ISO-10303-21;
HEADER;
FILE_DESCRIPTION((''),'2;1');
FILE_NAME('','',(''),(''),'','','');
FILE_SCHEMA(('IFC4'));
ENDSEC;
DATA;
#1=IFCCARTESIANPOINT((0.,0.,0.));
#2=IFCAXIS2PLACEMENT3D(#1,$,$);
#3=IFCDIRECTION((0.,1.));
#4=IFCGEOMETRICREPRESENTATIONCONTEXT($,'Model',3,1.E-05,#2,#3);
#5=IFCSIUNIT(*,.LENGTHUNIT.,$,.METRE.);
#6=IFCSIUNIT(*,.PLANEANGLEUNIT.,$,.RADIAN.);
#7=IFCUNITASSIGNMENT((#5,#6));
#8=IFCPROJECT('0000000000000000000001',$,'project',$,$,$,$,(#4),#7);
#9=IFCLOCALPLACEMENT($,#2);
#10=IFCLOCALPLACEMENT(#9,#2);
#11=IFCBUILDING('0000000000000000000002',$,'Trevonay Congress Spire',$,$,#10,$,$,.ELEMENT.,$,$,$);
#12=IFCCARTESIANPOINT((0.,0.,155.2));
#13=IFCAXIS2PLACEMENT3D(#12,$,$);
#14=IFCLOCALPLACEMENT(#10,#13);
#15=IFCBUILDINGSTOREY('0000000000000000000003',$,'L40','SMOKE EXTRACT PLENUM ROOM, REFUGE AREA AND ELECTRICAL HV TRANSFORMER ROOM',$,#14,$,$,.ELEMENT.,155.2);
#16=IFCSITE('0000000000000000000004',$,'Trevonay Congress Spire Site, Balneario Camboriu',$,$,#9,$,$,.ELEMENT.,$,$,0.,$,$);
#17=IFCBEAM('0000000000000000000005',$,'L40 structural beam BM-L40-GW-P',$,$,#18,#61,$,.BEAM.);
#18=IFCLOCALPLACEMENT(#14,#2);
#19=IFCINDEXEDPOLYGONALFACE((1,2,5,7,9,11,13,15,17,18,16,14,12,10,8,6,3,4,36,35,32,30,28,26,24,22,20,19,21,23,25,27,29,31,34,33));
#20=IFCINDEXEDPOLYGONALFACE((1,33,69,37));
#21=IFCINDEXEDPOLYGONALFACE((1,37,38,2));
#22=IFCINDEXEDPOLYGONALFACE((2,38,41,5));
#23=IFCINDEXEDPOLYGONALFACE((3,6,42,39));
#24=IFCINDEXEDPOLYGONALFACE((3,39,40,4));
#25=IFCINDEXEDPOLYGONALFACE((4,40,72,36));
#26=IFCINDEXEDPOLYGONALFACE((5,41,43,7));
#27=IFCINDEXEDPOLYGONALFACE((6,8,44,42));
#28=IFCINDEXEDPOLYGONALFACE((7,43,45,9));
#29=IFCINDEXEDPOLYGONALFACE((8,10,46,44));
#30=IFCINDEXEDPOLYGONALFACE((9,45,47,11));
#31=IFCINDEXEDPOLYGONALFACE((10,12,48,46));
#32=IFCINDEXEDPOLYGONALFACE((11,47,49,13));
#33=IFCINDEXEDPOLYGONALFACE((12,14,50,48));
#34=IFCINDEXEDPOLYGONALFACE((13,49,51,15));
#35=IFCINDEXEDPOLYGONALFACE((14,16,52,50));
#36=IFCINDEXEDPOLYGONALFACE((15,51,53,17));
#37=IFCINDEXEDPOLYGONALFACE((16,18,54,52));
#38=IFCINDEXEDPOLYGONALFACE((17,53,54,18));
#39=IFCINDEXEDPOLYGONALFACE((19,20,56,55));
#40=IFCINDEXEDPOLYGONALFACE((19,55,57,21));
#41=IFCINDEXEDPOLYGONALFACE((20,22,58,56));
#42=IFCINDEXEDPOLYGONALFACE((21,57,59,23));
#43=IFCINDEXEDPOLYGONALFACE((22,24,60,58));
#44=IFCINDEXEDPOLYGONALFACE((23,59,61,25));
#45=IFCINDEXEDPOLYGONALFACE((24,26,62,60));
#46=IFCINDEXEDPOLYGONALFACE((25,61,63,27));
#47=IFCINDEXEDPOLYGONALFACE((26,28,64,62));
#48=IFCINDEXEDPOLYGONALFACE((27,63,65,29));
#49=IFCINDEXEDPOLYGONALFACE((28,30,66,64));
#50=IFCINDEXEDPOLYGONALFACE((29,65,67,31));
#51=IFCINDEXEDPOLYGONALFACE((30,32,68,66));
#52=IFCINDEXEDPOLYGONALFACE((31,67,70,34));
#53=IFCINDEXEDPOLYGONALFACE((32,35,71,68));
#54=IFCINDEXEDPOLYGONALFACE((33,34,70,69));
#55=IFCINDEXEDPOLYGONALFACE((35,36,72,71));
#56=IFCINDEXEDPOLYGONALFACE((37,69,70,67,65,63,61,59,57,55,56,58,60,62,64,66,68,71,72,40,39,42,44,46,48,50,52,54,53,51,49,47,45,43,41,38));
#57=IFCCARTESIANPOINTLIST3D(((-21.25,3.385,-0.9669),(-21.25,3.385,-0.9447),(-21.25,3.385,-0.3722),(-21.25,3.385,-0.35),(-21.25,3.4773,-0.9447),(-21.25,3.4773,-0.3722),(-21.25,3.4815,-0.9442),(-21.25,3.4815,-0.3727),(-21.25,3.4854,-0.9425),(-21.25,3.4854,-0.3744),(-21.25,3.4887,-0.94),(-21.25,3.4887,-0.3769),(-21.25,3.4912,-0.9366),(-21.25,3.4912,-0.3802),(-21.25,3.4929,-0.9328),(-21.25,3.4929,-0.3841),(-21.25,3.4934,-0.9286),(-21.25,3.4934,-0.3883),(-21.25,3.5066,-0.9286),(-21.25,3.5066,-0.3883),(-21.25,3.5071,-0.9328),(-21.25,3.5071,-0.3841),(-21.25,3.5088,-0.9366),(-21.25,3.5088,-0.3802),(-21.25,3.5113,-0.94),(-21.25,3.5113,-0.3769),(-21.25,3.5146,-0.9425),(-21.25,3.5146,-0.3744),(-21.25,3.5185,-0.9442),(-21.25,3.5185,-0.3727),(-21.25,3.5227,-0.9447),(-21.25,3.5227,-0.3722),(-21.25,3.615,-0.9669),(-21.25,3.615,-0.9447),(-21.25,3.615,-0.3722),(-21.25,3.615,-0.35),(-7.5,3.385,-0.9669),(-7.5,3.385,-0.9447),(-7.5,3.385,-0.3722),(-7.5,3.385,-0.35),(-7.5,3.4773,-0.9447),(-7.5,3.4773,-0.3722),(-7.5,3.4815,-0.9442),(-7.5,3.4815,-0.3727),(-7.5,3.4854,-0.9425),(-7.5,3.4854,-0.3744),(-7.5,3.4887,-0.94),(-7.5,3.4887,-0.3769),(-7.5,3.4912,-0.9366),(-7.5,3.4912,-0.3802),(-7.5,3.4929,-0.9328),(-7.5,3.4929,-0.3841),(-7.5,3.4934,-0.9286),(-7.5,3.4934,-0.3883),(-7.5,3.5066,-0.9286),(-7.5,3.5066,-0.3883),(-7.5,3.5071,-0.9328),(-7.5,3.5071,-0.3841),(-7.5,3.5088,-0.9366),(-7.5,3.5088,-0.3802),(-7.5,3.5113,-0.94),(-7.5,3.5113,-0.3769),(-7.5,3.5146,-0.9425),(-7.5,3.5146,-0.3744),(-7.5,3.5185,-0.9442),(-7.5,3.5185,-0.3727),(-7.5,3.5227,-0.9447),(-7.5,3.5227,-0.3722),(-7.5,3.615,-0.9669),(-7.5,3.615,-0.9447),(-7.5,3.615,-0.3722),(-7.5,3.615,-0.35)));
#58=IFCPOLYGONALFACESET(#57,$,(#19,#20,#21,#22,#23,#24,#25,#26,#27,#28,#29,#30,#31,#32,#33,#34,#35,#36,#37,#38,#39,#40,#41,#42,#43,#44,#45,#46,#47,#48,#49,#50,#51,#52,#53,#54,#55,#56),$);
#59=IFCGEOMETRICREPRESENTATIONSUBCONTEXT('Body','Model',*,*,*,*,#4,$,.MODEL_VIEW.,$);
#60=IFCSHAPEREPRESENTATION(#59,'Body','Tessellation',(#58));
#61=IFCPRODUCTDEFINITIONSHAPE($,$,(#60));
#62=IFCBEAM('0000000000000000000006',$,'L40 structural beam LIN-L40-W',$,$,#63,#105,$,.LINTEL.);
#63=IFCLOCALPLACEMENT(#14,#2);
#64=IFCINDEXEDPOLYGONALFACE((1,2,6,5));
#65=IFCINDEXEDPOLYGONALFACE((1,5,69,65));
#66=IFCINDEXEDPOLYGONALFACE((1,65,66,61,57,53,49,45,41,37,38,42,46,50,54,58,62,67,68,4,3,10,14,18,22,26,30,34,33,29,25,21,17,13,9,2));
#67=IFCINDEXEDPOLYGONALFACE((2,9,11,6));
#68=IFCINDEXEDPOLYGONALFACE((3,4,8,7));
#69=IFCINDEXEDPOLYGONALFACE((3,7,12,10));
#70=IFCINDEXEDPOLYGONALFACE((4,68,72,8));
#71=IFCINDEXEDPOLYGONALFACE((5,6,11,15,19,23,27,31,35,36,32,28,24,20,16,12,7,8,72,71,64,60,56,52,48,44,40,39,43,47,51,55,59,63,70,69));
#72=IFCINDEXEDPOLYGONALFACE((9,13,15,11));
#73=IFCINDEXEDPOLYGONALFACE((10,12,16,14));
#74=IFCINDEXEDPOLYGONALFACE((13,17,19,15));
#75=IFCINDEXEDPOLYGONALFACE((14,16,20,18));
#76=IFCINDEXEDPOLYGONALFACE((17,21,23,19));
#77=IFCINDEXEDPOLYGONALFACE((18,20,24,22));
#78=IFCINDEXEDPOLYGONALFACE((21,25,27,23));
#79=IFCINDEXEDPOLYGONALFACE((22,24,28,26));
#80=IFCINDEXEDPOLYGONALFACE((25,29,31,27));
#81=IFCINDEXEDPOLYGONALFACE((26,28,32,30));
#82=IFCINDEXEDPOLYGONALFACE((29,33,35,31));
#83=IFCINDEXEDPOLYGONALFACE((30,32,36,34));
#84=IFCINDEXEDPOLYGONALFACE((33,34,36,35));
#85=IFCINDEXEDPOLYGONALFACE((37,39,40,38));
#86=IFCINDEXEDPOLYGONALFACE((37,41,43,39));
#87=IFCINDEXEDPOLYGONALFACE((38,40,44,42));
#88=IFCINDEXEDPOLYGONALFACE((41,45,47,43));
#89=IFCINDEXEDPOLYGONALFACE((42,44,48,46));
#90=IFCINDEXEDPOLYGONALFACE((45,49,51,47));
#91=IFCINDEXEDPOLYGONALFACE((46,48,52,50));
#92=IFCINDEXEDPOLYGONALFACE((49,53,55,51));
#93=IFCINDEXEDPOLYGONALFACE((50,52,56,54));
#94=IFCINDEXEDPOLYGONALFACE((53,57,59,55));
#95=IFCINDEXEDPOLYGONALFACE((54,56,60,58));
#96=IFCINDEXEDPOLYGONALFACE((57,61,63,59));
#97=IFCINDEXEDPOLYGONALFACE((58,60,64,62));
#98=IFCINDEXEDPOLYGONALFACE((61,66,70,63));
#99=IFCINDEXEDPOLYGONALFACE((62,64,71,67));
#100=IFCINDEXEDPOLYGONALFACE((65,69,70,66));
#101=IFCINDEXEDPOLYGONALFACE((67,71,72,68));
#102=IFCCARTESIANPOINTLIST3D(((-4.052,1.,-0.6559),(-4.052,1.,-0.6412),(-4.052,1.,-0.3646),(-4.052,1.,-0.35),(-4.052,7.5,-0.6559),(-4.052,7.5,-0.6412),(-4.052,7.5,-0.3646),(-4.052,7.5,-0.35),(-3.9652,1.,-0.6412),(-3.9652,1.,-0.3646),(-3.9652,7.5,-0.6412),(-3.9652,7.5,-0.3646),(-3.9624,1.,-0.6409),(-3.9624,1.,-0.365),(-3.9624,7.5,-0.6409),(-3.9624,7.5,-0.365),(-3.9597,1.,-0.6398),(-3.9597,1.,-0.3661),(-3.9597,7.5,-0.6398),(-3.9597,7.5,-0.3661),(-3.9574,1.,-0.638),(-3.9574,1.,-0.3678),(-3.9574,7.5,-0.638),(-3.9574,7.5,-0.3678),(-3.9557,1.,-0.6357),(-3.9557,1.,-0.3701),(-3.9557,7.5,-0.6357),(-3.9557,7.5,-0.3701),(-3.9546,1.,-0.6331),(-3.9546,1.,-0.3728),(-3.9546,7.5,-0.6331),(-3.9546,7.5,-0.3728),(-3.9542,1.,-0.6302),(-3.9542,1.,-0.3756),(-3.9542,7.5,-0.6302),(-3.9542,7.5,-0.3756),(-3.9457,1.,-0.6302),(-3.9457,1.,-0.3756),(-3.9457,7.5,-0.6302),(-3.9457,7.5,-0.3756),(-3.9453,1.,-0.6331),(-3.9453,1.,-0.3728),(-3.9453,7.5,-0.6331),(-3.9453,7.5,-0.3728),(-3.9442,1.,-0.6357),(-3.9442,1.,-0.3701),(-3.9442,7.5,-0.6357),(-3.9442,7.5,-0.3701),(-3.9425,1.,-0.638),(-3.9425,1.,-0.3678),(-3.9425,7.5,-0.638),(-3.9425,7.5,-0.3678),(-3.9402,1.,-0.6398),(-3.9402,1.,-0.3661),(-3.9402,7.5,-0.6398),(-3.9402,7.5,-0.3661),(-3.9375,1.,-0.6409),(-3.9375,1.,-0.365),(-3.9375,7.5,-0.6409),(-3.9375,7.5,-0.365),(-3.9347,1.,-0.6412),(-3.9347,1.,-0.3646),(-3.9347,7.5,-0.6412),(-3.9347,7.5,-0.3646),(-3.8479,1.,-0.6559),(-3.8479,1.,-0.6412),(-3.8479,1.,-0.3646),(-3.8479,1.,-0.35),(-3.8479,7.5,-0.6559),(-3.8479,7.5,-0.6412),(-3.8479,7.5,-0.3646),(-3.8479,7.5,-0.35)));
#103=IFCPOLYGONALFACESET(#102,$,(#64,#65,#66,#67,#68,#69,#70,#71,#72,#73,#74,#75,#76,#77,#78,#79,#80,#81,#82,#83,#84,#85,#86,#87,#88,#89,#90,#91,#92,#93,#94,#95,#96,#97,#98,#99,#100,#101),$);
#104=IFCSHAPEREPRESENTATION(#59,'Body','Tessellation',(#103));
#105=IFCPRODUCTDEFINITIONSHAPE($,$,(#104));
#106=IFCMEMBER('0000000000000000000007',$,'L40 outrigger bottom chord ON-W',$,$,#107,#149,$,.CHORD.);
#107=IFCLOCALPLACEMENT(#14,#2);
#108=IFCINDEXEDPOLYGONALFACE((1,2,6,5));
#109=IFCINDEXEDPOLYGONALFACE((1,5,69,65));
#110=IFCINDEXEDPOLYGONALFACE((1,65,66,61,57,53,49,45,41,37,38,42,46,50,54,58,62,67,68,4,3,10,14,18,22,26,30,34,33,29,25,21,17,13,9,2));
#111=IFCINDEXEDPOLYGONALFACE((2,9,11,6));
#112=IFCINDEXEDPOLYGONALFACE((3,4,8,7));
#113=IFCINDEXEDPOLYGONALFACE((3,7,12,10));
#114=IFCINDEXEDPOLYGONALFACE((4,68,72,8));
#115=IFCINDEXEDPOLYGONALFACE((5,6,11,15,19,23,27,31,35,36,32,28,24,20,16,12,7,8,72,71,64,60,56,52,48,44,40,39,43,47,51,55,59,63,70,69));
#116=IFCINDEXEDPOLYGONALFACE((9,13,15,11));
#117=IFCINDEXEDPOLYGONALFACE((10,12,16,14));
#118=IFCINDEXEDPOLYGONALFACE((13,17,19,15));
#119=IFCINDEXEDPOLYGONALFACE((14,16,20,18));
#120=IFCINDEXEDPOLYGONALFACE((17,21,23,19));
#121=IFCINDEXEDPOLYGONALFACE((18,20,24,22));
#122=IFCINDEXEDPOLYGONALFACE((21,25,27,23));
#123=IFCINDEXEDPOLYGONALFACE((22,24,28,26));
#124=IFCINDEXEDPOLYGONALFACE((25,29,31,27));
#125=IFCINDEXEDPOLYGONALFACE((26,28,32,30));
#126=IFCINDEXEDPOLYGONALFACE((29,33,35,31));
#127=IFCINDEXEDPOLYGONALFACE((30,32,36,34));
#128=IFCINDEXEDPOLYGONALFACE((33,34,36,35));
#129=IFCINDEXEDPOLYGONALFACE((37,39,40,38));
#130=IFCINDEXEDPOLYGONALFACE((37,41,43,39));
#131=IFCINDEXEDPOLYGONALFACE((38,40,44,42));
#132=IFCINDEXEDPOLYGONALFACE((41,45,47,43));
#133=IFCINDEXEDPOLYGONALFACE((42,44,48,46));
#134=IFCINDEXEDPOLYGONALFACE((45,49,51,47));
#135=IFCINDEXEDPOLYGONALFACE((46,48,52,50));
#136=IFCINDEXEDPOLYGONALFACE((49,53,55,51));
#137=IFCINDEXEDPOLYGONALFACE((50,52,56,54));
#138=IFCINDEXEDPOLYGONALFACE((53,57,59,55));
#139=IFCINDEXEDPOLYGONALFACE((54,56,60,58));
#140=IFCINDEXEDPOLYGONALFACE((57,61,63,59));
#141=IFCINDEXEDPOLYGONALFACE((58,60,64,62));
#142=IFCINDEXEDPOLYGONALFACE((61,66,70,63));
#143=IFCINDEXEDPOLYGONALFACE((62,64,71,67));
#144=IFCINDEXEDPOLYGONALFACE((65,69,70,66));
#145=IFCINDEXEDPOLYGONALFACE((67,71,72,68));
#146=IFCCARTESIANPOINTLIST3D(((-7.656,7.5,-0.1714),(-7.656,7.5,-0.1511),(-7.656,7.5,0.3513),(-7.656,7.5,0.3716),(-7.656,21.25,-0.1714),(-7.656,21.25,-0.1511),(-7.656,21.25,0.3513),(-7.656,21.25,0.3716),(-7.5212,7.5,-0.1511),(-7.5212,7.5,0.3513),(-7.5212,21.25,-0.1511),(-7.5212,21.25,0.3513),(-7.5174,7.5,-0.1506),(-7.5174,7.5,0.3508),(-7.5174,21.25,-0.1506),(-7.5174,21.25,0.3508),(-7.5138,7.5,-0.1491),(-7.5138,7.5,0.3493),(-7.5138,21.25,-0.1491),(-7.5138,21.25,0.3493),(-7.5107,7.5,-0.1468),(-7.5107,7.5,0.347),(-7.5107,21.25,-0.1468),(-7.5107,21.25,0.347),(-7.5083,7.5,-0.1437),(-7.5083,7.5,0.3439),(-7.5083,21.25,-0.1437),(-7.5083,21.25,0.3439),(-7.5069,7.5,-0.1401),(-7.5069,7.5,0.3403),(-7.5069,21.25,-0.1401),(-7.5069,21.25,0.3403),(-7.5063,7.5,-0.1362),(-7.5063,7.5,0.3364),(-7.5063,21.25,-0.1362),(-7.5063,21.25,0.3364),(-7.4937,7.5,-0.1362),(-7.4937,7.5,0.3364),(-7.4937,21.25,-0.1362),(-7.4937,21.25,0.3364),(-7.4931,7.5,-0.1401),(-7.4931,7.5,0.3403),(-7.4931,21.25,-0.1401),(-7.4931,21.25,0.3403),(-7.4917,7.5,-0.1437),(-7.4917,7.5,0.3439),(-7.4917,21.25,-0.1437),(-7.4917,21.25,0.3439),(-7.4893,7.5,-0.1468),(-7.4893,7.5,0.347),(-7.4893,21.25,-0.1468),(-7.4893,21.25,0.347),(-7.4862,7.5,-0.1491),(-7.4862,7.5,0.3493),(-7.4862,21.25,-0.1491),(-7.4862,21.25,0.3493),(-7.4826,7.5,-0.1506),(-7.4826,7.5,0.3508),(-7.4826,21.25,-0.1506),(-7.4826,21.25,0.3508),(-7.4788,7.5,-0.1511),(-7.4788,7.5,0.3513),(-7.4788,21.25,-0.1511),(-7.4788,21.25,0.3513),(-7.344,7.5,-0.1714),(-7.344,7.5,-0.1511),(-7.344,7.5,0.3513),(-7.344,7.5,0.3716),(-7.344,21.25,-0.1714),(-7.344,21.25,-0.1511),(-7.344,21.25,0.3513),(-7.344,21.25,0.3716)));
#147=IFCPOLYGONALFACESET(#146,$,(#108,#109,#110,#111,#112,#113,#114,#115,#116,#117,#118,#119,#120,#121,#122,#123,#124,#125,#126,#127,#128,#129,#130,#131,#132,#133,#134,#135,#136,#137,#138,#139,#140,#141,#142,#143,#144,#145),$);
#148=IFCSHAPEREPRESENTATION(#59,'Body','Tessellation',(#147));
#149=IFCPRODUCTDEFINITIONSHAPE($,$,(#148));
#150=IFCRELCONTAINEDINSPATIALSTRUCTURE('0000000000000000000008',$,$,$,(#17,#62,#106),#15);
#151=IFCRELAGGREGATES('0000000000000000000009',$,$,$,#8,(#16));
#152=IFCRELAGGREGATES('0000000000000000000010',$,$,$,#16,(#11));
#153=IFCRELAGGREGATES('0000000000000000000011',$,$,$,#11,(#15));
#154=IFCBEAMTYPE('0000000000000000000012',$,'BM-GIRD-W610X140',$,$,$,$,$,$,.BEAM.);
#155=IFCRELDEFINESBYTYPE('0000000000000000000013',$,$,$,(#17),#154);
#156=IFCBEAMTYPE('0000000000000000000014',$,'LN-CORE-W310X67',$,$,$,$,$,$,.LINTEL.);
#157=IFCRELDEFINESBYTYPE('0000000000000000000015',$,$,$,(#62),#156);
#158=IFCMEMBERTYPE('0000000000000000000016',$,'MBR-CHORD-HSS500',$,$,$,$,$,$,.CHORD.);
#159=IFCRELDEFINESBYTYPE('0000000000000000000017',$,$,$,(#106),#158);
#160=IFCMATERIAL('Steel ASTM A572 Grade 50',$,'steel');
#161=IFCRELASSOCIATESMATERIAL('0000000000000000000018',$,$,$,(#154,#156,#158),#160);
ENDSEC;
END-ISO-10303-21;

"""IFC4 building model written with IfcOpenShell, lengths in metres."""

from ifc_helpers import new_model, si_unit, direction, frame, origin, origin_2d, place, context, subcontext, project, spatial, i_section, extrude, material, material_profile, profile_set, type_object, element, save


model = new_model("IFC4")

# Units and contexts
model_context = context("Model", 3, precision=1e-05, world=origin(), true_north=direction((0.0, 1.0)))
body_context = subcontext(model_context, "Body", "Model", "MODEL_VIEW")
ifc_project = project(units=[si_unit("LENGTHUNIT", "METRE"), si_unit("PLANEANGLEUNIT", "RADIAN")], contexts=[model_context])

# Site, building, storey
site_placement = place(None, origin())
site = spatial("IfcSite", under=ifc_project, at=site_placement, Name="Trevonay Congress Spire Site, Balneario Camboriu", CompositionType="ELEMENT", RefElevation=0.0)
building_placement = place(site_placement, origin())
building = spatial("IfcBuilding", under=site, at=building_placement, Name="Trevonay Congress Spire", CompositionType="ELEMENT")
storey_placement = place(building_placement, frame((0.0, 0.0, 155.2)))
storey = spatial("IfcBuildingStorey", under=building, at=storey_placement, Name="L40", Description="SMOKE EXTRACT PLENUM ROOM, REFUGE AREA AND ELECTRICAL HV TRANSFORMER ROOM", CompositionType="ELEMENT", Elevation=155.2)

# Shared definitions
ifc_material_1 = material(Name="Steel ASTM A572 Grade 50", Category="steel")

# Beams
ifc_material_profile_1 = material_profile(ifc_material_1, i_section(OverallWidth=0.23, OverallDepth=0.6169, WebThickness=0.0132, FlangeThickness=0.0222, FilletRadius=0.0161, at=origin_2d()), Name="W610x140")
ifc_profile_set_1 = profile_set([ifc_material_profile_1], Name="Steel ASTM A572 Grade 50")
beam_type_1 = type_object("IfcBeamType", Name="BM-GIRD-W610X140", PredefinedType="BEAM", material=ifc_profile_set_1)
beam_1_placement = place(storey_placement, frame((-7.5, 3.5, -0.6584), z_axis=(-1.0, 0.0, 0.0), x_axis=(0.0, -1.0, 0.0)))
element("IfcBeam", 1, at=beam_1_placement, inside=storey, type_object=beam_type_1, Name="L40 structural beam BM-L40-GW-P", PredefinedType="BEAM", context=body_context, shape_type="SweptSolid", body=[
    extrude(i_section(OverallWidth=0.23, OverallDepth=0.6169, WebThickness=0.0132, FlangeThickness=0.0222, FilletRadius=0.0161, at=origin_2d()), origin(), (0.0, 0.0, 1.0), 13.75),
])
ifc_material_profile_2 = material_profile(ifc_material_1, i_section(OverallWidth=0.2041, OverallDepth=0.3059, WebThickness=0.0085, FlangeThickness=0.0146, FilletRadius=0.011, at=origin_2d()), Name="W310x67")
ifc_profile_set_2 = profile_set([ifc_material_profile_2], Name="Steel ASTM A572 Grade 50")
beam_type_2 = type_object("IfcBeamType", Name="LN-CORE-W310X67", PredefinedType="LINTEL", material=ifc_profile_set_2)
beam_2_placement = place(storey_placement, frame((-3.95, 1.0, -0.5029), z_axis=(0.0, 1.0, 0.0), x_axis=(-1.0, 0.0, 0.0)))
element("IfcBeam", 2, at=beam_2_placement, inside=storey, type_object=beam_type_2, Name="L40 structural beam LIN-L40-W", PredefinedType="LINTEL", context=body_context, shape_type="SweptSolid", body=[
    extrude(i_section(OverallWidth=0.2041, OverallDepth=0.3059, WebThickness=0.0085, FlangeThickness=0.0146, FilletRadius=0.011, at=origin_2d()), origin(), (0.0, 0.0, 1.0), 6.5),
])

# Member
ifc_material_profile_3 = material_profile(ifc_material_1, i_section(OverallWidth=0.312, OverallDepth=0.543, WebThickness=0.0127, FlangeThickness=0.0203, FilletRadius=0.0149, at=origin_2d()), Name="W530x150")
ifc_profile_set_3 = profile_set([ifc_material_profile_3], Name="Steel ASTM A572 Grade 50")
member_type_1 = type_object("IfcMemberType", Name="MBR-CHORD-HSS500", PredefinedType="CHORD", material=ifc_profile_set_3)
member_1_placement = place(storey_placement, frame((-7.5, 7.5, 0.1001), z_axis=(0.0, 1.0, 0.0), x_axis=(-1.0, 0.0, 0.0)))
element("IfcMember", 3, at=member_1_placement, inside=storey, type_object=member_type_1, Name="L40 outrigger bottom chord ON-W", PredefinedType="CHORD", context=body_context, shape_type="SweptSolid", body=[
    extrude(i_section(OverallWidth=0.312, OverallDepth=0.543, WebThickness=0.0127, FlangeThickness=0.0203, FilletRadius=0.0149, at=origin_2d()), origin(), (0.0, 0.0, 1.0), 13.75),
])

save(model, "model.ifc")
